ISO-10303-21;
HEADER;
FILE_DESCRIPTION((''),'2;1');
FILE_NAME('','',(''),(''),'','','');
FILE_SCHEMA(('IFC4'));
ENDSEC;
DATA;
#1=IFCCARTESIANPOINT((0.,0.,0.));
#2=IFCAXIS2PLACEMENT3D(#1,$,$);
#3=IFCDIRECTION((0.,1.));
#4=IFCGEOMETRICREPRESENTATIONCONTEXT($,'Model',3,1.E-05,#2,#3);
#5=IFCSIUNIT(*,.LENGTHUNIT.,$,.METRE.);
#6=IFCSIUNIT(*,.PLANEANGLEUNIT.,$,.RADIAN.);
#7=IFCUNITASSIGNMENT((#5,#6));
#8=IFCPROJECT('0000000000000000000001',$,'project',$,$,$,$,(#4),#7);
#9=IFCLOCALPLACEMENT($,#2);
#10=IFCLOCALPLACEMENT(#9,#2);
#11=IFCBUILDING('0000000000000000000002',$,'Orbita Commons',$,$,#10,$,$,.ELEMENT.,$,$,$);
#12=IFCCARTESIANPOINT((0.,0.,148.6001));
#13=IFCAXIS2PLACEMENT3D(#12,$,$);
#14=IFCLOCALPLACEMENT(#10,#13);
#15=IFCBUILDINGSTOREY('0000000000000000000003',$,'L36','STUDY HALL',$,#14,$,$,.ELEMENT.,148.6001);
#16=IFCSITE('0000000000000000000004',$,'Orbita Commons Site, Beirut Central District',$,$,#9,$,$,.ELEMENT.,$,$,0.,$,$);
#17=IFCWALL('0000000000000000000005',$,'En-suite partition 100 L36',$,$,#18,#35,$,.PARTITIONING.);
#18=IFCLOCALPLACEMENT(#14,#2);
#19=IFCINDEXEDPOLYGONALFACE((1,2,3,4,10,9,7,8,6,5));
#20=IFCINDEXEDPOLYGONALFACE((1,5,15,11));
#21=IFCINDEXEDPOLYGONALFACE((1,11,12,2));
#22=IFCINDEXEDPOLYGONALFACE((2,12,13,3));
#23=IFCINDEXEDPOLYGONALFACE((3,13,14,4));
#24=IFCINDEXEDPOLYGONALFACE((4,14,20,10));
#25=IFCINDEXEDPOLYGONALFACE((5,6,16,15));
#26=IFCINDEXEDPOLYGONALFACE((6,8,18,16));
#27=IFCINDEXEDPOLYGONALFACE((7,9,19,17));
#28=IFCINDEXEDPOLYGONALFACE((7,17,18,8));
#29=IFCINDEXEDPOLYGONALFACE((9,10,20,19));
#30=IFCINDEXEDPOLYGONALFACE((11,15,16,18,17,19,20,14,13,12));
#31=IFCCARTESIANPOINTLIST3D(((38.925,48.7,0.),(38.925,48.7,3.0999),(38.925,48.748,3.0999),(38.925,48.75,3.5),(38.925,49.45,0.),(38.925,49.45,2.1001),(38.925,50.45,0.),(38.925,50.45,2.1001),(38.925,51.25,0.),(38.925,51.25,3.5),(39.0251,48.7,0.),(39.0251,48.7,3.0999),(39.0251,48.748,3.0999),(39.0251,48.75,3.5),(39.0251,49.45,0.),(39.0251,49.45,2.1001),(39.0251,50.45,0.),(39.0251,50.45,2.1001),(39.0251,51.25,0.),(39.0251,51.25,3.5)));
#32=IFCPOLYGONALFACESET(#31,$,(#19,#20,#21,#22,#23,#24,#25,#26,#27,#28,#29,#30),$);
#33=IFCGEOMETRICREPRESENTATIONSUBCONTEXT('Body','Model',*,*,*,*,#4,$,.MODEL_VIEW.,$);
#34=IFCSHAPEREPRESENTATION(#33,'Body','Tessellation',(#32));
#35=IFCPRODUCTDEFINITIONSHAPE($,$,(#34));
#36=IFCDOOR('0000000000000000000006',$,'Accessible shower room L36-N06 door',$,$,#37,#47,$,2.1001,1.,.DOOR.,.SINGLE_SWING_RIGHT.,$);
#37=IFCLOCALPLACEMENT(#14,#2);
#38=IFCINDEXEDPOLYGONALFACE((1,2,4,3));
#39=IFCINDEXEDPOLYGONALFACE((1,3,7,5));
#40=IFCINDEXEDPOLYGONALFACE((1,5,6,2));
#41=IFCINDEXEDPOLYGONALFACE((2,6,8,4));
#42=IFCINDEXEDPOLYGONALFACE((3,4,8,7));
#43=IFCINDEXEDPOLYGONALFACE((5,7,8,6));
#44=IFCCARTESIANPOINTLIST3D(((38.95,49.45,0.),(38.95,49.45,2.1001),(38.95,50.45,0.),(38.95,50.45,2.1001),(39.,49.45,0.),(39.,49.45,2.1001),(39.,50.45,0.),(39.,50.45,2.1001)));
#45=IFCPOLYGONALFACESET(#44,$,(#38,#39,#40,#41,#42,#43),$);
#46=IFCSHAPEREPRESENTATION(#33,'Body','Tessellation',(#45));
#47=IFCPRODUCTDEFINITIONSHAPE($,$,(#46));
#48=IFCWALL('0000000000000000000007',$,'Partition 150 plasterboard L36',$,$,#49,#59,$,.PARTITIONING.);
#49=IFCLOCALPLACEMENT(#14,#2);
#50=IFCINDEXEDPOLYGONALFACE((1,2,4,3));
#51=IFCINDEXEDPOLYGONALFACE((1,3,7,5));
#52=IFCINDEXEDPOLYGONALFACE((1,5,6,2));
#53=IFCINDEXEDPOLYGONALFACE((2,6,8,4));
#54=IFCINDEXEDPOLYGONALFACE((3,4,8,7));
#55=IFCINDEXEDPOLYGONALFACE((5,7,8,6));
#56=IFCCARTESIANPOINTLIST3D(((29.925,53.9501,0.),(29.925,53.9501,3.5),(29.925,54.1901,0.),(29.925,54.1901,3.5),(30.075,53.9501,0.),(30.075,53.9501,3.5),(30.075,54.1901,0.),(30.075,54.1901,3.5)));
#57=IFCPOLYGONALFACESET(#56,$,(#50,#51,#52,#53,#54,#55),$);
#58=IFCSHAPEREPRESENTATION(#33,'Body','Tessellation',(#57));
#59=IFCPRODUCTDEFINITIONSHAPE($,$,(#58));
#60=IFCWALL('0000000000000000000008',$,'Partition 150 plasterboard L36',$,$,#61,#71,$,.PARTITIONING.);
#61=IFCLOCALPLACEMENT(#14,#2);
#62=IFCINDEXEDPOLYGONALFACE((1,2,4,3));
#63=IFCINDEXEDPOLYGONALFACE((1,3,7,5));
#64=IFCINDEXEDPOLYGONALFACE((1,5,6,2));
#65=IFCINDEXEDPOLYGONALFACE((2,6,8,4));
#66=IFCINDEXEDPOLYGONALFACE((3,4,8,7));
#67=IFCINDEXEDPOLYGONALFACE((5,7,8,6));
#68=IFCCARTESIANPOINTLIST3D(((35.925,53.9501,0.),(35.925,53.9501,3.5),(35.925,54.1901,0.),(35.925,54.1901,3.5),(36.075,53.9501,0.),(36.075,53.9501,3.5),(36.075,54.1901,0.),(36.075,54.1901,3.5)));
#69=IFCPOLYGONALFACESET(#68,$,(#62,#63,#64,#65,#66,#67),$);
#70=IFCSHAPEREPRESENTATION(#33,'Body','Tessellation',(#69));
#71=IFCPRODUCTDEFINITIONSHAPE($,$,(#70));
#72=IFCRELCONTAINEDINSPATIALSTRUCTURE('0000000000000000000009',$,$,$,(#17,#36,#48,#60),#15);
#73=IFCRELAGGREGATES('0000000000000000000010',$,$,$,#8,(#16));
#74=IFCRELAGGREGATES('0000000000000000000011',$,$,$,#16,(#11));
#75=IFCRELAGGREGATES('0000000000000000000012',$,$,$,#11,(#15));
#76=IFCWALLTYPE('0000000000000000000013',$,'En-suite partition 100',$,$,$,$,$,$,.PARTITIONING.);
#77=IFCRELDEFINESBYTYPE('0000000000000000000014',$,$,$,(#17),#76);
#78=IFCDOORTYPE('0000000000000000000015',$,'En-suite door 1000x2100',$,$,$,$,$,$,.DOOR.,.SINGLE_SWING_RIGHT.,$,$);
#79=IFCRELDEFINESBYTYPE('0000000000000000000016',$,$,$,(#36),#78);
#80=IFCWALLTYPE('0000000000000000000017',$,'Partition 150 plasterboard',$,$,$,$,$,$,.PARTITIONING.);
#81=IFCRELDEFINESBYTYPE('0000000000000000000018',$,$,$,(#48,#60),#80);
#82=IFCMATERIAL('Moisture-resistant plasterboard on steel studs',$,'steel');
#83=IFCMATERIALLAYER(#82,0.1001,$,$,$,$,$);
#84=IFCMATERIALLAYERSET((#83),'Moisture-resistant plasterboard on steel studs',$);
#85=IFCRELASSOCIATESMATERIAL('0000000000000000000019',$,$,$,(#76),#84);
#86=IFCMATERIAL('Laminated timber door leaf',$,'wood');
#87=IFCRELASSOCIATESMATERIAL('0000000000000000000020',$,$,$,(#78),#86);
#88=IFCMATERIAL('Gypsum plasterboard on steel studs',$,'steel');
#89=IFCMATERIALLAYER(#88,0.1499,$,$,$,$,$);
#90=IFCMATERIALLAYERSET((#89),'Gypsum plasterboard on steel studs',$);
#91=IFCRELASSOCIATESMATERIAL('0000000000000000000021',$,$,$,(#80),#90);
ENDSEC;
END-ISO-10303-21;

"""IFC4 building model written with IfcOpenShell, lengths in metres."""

from ifc_helpers import new_model, si_unit, direction, frame, frame_2d, origin, place, context, subcontext, project, spatial, polyline, rectangle, outline, extrude, material, layer, layer_set, type_object, element, fill, save


model = new_model("IFC4")

# Units and contexts
model_context = context("Model", 3, precision=1e-05, world=origin(), true_north=direction((0.0, 1.0)))
body_context = subcontext(model_context, "Body", "Model", "MODEL_VIEW")
ifc_project = project(units=[si_unit("LENGTHUNIT", "METRE"), si_unit("PLANEANGLEUNIT", "RADIAN")], contexts=[model_context])

# Site, building, storey
site_placement = place(None, origin())
site = spatial("IfcSite", under=ifc_project, at=site_placement, Name="Orbita Commons Site, Beirut Central District", CompositionType="ELEMENT", RefElevation=0.0)
building_placement = place(site_placement, origin())
building = spatial("IfcBuilding", under=site, at=building_placement, Name="Orbita Commons", CompositionType="ELEMENT")
storey_placement = place(building_placement, frame((0.0, 0.0, 148.6001)))
storey = spatial("IfcBuildingStorey", under=building, at=storey_placement, Name="L36", Description="STUDY HALL", CompositionType="ELEMENT", Elevation=148.6001)

# Shared definitions
ifc_material_1 = material(Name="Moisture-resistant plasterboard on steel studs", Category="steel")
ifc_layer_1 = layer(ifc_material_1, 0.1001)
ifc_layer_set_1 = layer_set([ifc_layer_1], Name="Moisture-resistant plasterboard on steel studs")
wall_type_1 = type_object("IfcWallType", Name="En-suite partition 100", PredefinedType="PARTITIONING", material=ifc_layer_set_1)

# Wall, opening, door
wall_1_placement = place(storey_placement, frame((38.9751, 51.25, 0.0), z_axis=(0.0, 0.0, 1.0), x_axis=(0.0, -1.0, 0.0)))
wall_1 = element("IfcWall", 1, at=wall_1_placement, inside=storey, type_object=wall_type_1, Name="En-suite partition 100 L36", PredefinedType="PARTITIONING", context=body_context, shape_type="SweptSolid", body=[
    extrude(outline(polyline([(0.0, 0.0), (2.55, 0.0), (2.55, 3.0999), (2.502, 3.0999), (2.5, 3.5), (0.0, 3.5), (0.0, 0.0)])), frame((0.0, 0.05, 0.0), z_axis=(0.0, -1.0, 0.0), x_axis=(1.0, 0.0, 0.0)), (0.0, 0.0, 1.0), 0.1001),
])
opening_1_placement = place(wall_1_placement, frame((0.8, 0.0, 0.0)))
opening_1 = element("IfcOpeningElement", 2, at=opening_1_placement, cuts=wall_1, PredefinedType="OPENING", context=body_context, shape_type="SweptSolid", body=[
    extrude(rectangle(XDim=1.0, YDim=2.1001, at=frame_2d((0.5, 1.05))), frame((0.0, 0.0601, 0.0), z_axis=(0.0, -1.0, 0.0), x_axis=(1.0, 0.0, 0.0)), (0.0, 0.0, 1.0), 0.1201),
])
ifc_material_2 = material(Name="Laminated timber door leaf", Category="wood")
door_type_1 = type_object("IfcDoorType", Name="En-suite door 1000x2100", OperationType="SINGLE_SWING_RIGHT", PredefinedType="DOOR", material=ifc_material_2)
door_1_placement = place(opening_1_placement, origin())
door_1 = element("IfcDoor", 3, at=door_1_placement, inside=storey, type_object=door_type_1, Name="Accessible shower room L36-N06 door", OperationType="SINGLE_SWING_RIGHT", OverallHeight=2.1001, OverallWidth=1.0, PredefinedType="DOOR", context=body_context, shape_type="SweptSolid", body=[
    extrude(rectangle(XDim=1.0, YDim=2.1001, at=frame_2d((0.5, 1.05))), frame((0.0, 0.0249, 0.0), z_axis=(0.0, -1.0, 0.0), x_axis=(1.0, 0.0, 0.0)), (0.0, 0.0, 1.0), 0.05),
])
fill(opening_1, door_1)

# Walls
ifc_material_3 = material(Name="Gypsum plasterboard on steel studs", Category="steel")
ifc_layer_2 = layer(ifc_material_3, 0.1499)
ifc_layer_set_2 = layer_set([ifc_layer_2], Name="Gypsum plasterboard on steel studs")
wall_type_2 = type_object("IfcWallType", Name="Partition 150 plasterboard", PredefinedType="PARTITIONING", material=ifc_layer_set_2)
for number, where, z_axis, x_axis, name in (
    (4, (30.0, 53.95, 0.0), (0.0, 0.0, 1.0), (0.0, 1.0, 0.0), "Partition 150 plasterboard L36"),
    (5, (36.0, 53.95, 0.0), (0.0, 0.0, 1.0), (0.0, 1.0, 0.0), "Partition 150 plasterboard L36"),
):
    element("IfcWall", number, at=place(storey_placement, frame(where, z_axis=z_axis, x_axis=x_axis)), inside=storey, type_object=wall_type_2, Name=name, PredefinedType="PARTITIONING", context=body_context, shape_type="SweptSolid", body=[
        extrude(rectangle(XDim=0.24, YDim=0.1499, at=frame_2d((0.1201, 0.0))), origin(), (0.0, 0.0, 1.0), 3.5),
    ])

save(model, "model.ifc")
